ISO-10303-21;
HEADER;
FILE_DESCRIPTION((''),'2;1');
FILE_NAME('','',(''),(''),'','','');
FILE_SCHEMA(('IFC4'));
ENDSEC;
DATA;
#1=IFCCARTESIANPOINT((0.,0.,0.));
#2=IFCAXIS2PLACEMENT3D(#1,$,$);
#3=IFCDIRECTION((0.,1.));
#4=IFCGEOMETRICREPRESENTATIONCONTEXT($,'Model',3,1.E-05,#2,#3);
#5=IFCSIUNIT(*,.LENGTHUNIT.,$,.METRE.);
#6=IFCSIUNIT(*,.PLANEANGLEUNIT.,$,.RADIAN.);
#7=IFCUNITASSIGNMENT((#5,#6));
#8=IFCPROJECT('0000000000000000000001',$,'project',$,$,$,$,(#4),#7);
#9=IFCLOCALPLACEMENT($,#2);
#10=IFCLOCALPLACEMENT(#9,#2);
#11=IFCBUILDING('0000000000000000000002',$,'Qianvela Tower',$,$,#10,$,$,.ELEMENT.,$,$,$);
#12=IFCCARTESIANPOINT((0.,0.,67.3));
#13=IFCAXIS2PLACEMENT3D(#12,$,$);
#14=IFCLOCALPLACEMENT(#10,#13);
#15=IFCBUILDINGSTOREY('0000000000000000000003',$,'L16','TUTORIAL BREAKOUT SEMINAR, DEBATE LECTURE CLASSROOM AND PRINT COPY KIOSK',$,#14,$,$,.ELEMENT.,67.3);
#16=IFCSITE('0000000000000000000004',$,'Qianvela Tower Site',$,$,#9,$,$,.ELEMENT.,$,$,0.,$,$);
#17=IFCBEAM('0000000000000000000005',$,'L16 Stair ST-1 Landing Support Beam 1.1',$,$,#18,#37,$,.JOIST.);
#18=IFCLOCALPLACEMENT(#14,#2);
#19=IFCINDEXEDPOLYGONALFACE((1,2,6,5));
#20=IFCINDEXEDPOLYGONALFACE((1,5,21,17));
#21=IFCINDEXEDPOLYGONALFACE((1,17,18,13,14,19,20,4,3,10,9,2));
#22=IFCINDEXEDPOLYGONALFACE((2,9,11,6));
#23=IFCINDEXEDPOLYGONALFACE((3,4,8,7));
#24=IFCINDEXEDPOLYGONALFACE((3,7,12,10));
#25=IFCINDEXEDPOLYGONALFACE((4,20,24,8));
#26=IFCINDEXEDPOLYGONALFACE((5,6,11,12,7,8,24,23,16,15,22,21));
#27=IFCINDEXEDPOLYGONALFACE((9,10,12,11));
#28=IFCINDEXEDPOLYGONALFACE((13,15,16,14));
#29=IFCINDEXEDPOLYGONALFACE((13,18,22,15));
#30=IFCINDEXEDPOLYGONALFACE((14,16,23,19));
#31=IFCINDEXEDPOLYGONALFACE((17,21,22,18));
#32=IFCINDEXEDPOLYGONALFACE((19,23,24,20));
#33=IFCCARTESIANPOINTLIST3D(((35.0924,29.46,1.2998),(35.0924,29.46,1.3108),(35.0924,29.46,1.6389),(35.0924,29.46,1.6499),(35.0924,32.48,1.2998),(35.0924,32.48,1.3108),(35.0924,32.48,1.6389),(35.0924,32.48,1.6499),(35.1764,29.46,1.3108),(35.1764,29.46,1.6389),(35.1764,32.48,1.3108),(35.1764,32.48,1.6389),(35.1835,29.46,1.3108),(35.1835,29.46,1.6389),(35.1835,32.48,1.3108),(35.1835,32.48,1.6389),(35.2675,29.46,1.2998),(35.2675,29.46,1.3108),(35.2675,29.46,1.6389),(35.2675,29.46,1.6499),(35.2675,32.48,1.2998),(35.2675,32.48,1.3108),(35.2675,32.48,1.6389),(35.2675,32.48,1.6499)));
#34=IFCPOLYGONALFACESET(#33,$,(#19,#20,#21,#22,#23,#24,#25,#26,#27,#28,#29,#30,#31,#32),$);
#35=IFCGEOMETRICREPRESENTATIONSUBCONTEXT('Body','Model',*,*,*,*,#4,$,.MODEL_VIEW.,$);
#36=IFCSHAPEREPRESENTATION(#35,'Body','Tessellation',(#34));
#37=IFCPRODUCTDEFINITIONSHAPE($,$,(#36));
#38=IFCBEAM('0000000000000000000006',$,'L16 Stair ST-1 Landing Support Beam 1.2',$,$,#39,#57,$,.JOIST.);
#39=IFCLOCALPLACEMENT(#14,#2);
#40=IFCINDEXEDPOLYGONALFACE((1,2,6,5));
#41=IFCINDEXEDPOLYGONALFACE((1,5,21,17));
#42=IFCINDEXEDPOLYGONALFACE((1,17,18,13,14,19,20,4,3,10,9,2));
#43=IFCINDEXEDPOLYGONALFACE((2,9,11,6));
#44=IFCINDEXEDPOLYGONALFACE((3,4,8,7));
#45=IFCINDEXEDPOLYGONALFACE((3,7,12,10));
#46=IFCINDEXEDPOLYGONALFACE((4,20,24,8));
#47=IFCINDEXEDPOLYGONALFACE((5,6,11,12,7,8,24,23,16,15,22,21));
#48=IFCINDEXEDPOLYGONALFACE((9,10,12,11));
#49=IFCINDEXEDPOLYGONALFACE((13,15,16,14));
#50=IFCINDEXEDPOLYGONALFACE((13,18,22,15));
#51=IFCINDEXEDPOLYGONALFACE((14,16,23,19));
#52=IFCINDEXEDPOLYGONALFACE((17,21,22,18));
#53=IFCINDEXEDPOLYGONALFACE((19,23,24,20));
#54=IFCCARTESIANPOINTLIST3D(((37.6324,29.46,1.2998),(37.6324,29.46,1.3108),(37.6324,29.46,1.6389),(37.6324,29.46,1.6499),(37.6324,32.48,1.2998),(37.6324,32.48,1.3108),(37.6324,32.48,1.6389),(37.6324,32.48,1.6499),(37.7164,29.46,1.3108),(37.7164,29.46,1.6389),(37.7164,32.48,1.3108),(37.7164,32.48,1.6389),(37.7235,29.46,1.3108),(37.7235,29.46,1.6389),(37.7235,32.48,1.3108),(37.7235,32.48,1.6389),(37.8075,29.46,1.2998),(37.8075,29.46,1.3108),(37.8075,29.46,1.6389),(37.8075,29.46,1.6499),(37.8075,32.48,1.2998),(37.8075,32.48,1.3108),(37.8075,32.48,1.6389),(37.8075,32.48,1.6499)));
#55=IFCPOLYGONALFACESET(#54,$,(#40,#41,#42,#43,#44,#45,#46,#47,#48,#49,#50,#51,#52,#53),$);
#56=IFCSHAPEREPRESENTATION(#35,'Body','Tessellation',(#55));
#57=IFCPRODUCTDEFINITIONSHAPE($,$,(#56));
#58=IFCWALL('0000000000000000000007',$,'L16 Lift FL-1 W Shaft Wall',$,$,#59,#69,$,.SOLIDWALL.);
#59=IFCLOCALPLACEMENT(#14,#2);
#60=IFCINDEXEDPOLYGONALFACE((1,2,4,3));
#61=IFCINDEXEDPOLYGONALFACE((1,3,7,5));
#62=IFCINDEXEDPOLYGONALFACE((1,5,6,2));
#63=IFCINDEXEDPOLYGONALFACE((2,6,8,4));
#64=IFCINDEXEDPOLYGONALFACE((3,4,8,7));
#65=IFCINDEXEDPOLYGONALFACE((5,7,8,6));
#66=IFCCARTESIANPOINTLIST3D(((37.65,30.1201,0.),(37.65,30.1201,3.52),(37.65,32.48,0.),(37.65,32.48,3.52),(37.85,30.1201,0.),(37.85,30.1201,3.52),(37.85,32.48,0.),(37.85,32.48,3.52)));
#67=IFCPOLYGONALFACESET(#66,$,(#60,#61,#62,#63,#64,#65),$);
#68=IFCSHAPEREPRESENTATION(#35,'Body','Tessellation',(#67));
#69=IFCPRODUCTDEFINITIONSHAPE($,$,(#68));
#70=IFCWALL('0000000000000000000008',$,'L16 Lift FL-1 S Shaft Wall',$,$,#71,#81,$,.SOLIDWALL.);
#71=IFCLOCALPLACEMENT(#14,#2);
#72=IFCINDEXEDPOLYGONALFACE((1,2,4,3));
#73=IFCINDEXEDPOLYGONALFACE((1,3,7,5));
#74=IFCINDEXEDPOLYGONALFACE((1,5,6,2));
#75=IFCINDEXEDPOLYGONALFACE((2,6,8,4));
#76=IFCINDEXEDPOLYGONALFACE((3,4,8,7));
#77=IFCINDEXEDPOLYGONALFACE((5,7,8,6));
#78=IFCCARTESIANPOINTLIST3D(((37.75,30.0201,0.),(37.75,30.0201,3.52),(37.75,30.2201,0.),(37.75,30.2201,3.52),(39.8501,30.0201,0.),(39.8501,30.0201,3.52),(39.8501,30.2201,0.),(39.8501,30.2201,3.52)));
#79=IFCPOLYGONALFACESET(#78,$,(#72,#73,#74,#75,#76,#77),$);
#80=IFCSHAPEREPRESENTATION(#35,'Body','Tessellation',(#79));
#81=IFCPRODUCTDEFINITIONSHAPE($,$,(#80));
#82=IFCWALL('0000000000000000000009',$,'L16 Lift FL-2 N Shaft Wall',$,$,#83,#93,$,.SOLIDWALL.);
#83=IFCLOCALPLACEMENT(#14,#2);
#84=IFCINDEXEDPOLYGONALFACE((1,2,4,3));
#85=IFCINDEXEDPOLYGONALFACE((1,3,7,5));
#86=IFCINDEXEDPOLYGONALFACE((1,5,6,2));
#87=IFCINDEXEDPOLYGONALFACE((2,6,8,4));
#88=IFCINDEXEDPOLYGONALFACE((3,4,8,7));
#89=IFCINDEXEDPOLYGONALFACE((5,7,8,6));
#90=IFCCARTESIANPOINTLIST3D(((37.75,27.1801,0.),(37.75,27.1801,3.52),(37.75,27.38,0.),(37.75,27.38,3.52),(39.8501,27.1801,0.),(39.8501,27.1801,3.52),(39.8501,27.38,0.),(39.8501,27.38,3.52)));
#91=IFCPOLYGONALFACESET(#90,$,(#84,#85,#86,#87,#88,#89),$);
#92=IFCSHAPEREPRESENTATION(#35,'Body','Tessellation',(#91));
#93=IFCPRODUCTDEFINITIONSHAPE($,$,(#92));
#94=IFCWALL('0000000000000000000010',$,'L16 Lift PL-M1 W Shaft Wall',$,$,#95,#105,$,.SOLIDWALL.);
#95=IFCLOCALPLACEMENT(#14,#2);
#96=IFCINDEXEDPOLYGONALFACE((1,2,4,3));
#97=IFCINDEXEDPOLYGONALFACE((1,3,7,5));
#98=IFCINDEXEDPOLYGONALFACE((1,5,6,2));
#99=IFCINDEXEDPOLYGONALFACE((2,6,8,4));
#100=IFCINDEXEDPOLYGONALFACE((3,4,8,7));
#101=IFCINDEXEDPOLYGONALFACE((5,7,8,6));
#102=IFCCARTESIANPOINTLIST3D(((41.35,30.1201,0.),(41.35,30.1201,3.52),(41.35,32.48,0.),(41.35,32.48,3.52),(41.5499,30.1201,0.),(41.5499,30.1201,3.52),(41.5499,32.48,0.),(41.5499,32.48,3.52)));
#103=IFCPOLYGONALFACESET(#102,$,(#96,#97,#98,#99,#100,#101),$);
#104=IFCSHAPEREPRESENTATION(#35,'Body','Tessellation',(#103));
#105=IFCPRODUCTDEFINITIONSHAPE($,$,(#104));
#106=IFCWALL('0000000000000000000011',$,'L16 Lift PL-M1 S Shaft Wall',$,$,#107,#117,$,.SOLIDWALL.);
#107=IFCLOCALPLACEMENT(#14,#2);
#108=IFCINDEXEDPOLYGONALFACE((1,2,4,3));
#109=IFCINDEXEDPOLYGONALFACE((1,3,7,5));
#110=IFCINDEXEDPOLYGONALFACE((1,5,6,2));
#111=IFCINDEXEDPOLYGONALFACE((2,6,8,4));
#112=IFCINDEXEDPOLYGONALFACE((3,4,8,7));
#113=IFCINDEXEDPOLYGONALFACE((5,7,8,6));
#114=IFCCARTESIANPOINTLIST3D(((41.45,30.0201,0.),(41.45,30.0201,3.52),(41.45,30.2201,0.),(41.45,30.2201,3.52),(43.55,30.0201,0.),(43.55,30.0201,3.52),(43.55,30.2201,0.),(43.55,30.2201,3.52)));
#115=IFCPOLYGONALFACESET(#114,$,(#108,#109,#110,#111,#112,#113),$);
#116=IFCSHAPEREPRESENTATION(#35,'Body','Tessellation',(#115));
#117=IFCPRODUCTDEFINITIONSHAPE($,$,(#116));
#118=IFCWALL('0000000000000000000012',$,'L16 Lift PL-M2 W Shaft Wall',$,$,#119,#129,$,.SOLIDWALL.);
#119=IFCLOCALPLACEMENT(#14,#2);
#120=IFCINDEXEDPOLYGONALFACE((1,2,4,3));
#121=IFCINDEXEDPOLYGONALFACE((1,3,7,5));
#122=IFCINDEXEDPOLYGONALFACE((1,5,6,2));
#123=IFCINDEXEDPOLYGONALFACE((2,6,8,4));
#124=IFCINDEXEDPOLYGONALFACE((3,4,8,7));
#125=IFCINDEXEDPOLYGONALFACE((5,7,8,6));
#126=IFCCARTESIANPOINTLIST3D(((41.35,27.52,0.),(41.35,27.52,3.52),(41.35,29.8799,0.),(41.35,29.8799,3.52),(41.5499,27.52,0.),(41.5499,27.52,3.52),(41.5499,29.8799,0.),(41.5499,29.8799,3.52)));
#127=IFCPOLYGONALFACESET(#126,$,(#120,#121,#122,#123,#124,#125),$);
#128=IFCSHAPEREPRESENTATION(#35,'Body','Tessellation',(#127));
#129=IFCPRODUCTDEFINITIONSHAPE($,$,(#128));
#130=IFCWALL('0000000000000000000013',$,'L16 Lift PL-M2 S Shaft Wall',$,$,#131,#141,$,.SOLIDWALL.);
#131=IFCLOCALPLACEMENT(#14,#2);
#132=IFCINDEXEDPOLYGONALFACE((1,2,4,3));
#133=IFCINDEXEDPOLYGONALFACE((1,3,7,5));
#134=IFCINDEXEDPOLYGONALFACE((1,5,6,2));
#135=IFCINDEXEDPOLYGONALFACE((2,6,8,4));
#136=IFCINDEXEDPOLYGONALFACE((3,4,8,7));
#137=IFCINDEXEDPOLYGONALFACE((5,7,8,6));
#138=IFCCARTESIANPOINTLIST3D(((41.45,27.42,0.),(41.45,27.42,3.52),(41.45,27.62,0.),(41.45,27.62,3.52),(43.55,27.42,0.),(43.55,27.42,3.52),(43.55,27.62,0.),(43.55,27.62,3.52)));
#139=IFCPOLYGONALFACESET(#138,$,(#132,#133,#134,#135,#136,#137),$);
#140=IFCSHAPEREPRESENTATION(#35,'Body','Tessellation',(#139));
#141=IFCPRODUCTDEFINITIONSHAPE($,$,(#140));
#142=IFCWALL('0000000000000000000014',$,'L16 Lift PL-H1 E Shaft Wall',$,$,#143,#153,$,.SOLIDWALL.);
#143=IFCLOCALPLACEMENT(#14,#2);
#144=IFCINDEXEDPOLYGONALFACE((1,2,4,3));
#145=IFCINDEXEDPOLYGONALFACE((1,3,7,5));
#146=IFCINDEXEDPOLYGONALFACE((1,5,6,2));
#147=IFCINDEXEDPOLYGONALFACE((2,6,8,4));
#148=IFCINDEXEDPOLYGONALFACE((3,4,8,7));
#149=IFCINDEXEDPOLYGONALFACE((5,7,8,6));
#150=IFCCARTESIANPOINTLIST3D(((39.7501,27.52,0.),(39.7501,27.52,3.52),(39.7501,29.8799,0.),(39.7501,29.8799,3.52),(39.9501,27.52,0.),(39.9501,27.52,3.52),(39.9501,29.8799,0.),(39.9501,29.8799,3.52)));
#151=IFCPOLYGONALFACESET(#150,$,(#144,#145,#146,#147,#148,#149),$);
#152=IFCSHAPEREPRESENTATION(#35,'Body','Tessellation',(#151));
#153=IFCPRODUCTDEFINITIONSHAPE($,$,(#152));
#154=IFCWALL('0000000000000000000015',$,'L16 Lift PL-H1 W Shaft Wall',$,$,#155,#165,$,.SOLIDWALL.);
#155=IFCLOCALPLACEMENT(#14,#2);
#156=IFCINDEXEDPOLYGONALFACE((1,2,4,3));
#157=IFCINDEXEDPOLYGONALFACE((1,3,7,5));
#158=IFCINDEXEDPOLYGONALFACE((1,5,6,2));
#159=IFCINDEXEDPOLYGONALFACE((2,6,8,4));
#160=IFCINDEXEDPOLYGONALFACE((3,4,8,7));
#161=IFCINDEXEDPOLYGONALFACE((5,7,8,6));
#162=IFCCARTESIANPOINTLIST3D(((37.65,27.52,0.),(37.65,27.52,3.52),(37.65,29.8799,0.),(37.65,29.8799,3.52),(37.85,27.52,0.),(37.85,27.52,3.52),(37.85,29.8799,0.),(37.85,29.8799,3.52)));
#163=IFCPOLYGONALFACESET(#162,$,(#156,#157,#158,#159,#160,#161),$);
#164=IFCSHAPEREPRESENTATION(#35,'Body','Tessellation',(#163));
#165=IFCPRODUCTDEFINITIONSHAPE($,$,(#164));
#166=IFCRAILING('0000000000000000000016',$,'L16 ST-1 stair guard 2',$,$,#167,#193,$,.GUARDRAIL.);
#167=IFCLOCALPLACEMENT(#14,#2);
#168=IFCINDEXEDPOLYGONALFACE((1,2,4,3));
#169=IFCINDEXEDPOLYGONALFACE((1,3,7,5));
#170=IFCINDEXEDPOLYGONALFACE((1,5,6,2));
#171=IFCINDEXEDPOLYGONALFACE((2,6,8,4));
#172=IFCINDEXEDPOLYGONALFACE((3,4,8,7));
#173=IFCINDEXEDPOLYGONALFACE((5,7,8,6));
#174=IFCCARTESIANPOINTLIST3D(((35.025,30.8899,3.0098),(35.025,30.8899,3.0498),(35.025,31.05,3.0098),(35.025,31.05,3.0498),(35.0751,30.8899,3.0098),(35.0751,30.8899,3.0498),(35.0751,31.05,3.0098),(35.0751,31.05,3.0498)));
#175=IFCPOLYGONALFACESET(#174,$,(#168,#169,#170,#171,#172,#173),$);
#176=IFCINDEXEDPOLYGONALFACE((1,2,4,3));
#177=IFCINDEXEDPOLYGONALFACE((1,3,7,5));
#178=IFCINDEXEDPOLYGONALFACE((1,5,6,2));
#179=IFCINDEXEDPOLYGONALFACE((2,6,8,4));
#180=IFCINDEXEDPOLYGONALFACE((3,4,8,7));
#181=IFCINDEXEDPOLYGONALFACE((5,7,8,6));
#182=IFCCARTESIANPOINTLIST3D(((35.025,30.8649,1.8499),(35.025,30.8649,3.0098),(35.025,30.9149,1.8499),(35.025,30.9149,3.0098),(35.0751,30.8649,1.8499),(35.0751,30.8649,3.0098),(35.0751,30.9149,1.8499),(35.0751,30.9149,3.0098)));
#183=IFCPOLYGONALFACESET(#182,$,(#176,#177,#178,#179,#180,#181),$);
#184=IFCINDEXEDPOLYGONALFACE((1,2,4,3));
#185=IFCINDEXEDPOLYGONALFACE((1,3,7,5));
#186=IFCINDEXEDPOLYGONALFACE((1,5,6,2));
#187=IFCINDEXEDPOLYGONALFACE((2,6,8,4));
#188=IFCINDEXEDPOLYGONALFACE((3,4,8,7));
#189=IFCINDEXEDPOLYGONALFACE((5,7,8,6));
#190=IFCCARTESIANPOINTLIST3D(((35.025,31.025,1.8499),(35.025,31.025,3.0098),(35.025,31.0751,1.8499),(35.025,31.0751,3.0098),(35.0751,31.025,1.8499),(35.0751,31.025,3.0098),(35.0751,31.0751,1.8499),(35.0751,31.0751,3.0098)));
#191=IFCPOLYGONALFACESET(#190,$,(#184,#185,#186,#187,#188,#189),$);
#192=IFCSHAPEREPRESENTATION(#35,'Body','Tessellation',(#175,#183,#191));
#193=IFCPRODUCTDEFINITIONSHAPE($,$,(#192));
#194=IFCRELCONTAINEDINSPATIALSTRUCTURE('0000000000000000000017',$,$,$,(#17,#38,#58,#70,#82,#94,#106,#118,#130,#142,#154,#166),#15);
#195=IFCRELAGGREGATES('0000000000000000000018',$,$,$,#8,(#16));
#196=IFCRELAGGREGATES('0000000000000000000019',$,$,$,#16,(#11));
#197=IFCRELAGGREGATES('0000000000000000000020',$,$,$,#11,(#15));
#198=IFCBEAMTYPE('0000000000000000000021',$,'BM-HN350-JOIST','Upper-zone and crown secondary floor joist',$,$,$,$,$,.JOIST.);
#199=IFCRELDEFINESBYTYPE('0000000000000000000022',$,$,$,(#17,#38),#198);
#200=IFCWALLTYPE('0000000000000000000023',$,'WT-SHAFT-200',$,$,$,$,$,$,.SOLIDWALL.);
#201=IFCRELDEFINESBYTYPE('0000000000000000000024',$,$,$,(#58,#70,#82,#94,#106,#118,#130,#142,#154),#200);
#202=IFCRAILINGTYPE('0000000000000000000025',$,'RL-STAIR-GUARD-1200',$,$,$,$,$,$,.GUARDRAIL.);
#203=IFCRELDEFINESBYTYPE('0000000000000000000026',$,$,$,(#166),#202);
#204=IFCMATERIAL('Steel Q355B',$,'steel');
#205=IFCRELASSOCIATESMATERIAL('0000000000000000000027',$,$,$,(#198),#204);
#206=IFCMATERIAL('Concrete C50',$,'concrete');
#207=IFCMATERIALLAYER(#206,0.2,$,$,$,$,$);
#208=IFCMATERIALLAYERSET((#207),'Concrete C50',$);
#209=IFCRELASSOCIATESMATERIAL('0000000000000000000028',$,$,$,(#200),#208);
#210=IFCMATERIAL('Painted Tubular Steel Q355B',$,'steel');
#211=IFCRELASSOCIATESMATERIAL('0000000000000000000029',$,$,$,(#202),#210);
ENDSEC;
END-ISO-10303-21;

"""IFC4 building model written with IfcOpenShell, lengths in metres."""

from ifc_helpers import new_model, si_unit, direction, frame, frame_2d, origin, origin_2d, place, context, subcontext, project, spatial, rectangle, i_section, extrude, material, layer, layer_set, material_profile, profile_set, type_object, element, save


model = new_model("IFC4")

# Units and contexts
model_context = context("Model", 3, precision=1e-05, world=origin(), true_north=direction((0.0, 1.0)))
body_context = subcontext(model_context, "Body", "Model", "MODEL_VIEW")
ifc_project = project(units=[si_unit("LENGTHUNIT", "METRE"), si_unit("PLANEANGLEUNIT", "RADIAN")], contexts=[model_context])

# Site, building, storey
site_placement = place(None, origin())
site = spatial("IfcSite", under=ifc_project, at=site_placement, Name="Qianvela Tower Site", CompositionType="ELEMENT", RefElevation=0.0)
building_placement = place(site_placement, origin())
building = spatial("IfcBuilding", under=site, at=building_placement, Name="Qianvela Tower", CompositionType="ELEMENT")
storey_placement = place(building_placement, frame((0.0, 0.0, 67.3)))
storey = spatial("IfcBuildingStorey", under=building, at=storey_placement, Name="L16", Description="TUTORIAL BREAKOUT SEMINAR, DEBATE LECTURE CLASSROOM AND PRINT COPY KIOSK", CompositionType="ELEMENT", Elevation=67.3)

# Beams
ifc_material_1 = material(Name="Steel Q355B", Category="steel")
ifc_material_profile = material_profile(ifc_material_1, i_section(OverallWidth=0.175, OverallDepth=0.3501, WebThickness=0.0071, FlangeThickness=0.011, at=origin_2d()), Name="HN350x175x7x11")
ifc_profile_set = profile_set([ifc_material_profile], Name="Steel Q355B")
beam_type = type_object("IfcBeamType", Name="BM-HN350-JOIST", Description="Upper-zone and crown secondary floor joist", PredefinedType="JOIST", material=ifc_profile_set)
for number, where, z_axis, x_axis, name in (
    (1, (35.1799, 29.46, 1.4749), (0.0, 1.0, 0.0), (-1.0, 0.0, 0.0), "L16 Stair ST-1 Landing Support Beam 1.1"),
    (2, (37.72, 29.46, 1.4749), (0.0, 1.0, 0.0), (-1.0, 0.0, 0.0), "L16 Stair ST-1 Landing Support Beam 1.2"),
):
    element("IfcBeam", number, at=place(storey_placement, frame(where, z_axis=z_axis, x_axis=x_axis)), inside=storey, type_object=beam_type, Name=name, PredefinedType="JOIST", context=body_context, shape_type="SweptSolid", body=[
        extrude(i_section(OverallWidth=0.175, OverallDepth=0.3501, WebThickness=0.0071, FlangeThickness=0.011, at=origin_2d()), origin(), (0.0, 0.0, 1.0), 3.02),
    ])

# Shared definitions
ifc_material_2 = material(Name="Concrete C50", Category="concrete")
ifc_layer = layer(ifc_material_2, 0.2)
ifc_layer_set = layer_set([ifc_layer], Name="Concrete C50")
wall_type = type_object("IfcWallType", Name="WT-SHAFT-200", PredefinedType="SOLIDWALL", material=ifc_layer_set)

# Walls
wall_1_placement = place(storey_placement, frame((37.75, 30.1201, 0.0), z_axis=(0.0, 0.0, 1.0), x_axis=(0.0, 1.0, 0.0)))
element("IfcWall", 3, at=wall_1_placement, inside=storey, type_object=wall_type, Name="L16 Lift FL-1 W Shaft Wall", PredefinedType="SOLIDWALL", context=body_context, shape_type="SweptSolid", body=[
    extrude(rectangle(XDim=2.3599, YDim=0.2, at=frame_2d((1.1799, 0.0))), origin(), (0.0, 0.0, 1.0), 3.52),
])
for number, where, z_axis, x_axis, name in (
    (4, (37.75, 30.1201, 0.0), (0.0, 0.0, 1.0), (1.0, 0.0, 0.0), "L16 Lift FL-1 S Shaft Wall"),
    (5, (37.75, 27.28, 0.0), (0.0, 0.0, 1.0), (1.0, 0.0, 0.0), "L16 Lift FL-2 N Shaft Wall"),
):
    element("IfcWall", number, at=place(storey_placement, frame(where, z_axis=z_axis, x_axis=x_axis)), inside=storey, type_object=wall_type, Name=name, PredefinedType="SOLIDWALL", context=body_context, shape_type="SweptSolid", body=[
        extrude(rectangle(XDim=2.1001, YDim=0.2, at=frame_2d((1.05, 0.0))), origin(), (0.0, 0.0, 1.0), 3.52),
    ])
wall_2_placement = place(storey_placement, frame((41.45, 30.1201, 0.0), z_axis=(0.0, 0.0, 1.0), x_axis=(0.0, 1.0, 0.0)))
element("IfcWall", 6, at=wall_2_placement, inside=storey, type_object=wall_type, Name="L16 Lift PL-M1 W Shaft Wall", PredefinedType="SOLIDWALL", context=body_context, shape_type="SweptSolid", body=[
    extrude(rectangle(XDim=2.3599, YDim=0.2, at=frame_2d((1.1799, 0.0))), origin(), (0.0, 0.0, 1.0), 3.52),
])
wall_3_placement = place(storey_placement, frame((41.45, 30.1201, 0.0), z_axis=(0.0, 0.0, 1.0), x_axis=(1.0, 0.0, 0.0)))
element("IfcWall", 7, at=wall_3_placement, inside=storey, type_object=wall_type, Name="L16 Lift PL-M1 S Shaft Wall", PredefinedType="SOLIDWALL", context=body_context, shape_type="SweptSolid", body=[
    extrude(rectangle(XDim=2.1001, YDim=0.2, at=frame_2d((1.05, 0.0))), origin(), (0.0, 0.0, 1.0), 3.52),
])
wall_4_placement = place(storey_placement, frame((41.45, 27.52, 0.0), z_axis=(0.0, 0.0, 1.0), x_axis=(0.0, 1.0, 0.0)))
element("IfcWall", 8, at=wall_4_placement, inside=storey, type_object=wall_type, Name="L16 Lift PL-M2 W Shaft Wall", PredefinedType="SOLIDWALL", context=body_context, shape_type="SweptSolid", body=[
    extrude(rectangle(XDim=2.3599, YDim=0.2, at=frame_2d((1.1799, 0.0))), origin(), (0.0, 0.0, 1.0), 3.52),
])
wall_5_placement = place(storey_placement, frame((41.45, 27.52, 0.0), z_axis=(0.0, 0.0, 1.0), x_axis=(1.0, 0.0, 0.0)))
element("IfcWall", 9, at=wall_5_placement, inside=storey, type_object=wall_type, Name="L16 Lift PL-M2 S Shaft Wall", PredefinedType="SOLIDWALL", context=body_context, shape_type="SweptSolid", body=[
    extrude(rectangle(XDim=2.1001, YDim=0.2, at=frame_2d((1.05, 0.0))), origin(), (0.0, 0.0, 1.0), 3.52),
])
for number, where, z_axis, x_axis, name in (
    (10, (39.8501, 27.52, 0.0), (0.0, 0.0, 1.0), (0.0, 1.0, 0.0), "L16 Lift PL-H1 E Shaft Wall"),
    (11, (37.75, 27.52, 0.0), (0.0, 0.0, 1.0), (0.0, 1.0, 0.0), "L16 Lift PL-H1 W Shaft Wall"),
):
    element("IfcWall", number, at=place(storey_placement, frame(where, z_axis=z_axis, x_axis=x_axis)), inside=storey, type_object=wall_type, Name=name, PredefinedType="SOLIDWALL", context=body_context, shape_type="SweptSolid", body=[
        extrude(rectangle(XDim=2.3599, YDim=0.2, at=frame_2d((1.1799, 0.0))), origin(), (0.0, 0.0, 1.0), 3.52),
    ])

# Railing
ifc_material_3 = material(Name="Painted Tubular Steel Q355B", Category="steel")
railing_type_1 = type_object("IfcRailingType", Name="RL-STAIR-GUARD-1200", PredefinedType="GUARDRAIL", material=ifc_material_3)
railing_1_placement = place(storey_placement, frame((35.05, 30.8899, 1.8499)))
element("IfcRailing", 12, at=railing_1_placement, inside=storey, type_object=railing_type_1, Name="L16 ST-1 stair guard 2", PredefinedType="GUARDRAIL", context=body_context, shape_type="SweptSolid", body=[
    extrude(rectangle(XDim=0.05, YDim=0.04, at=origin_2d()), frame((0.0, 0.0, 1.1799), z_axis=(0.0, 1.0, 0.0), x_axis=(-1.0, 0.0, 0.0)), (0.0, 0.0, 1.0), 0.1602),
    extrude(rectangle(XDim=0.05, YDim=0.05, at=origin_2d()), origin(), (0.0, 0.0, 1.0), 1.1599),
    extrude(rectangle(XDim=0.05, YDim=0.05, at=origin_2d()), frame((0.0, 0.1602, 0.0)), (0.0, 0.0, 1.0), 1.1599),
])

save(model, "model.ifc")
